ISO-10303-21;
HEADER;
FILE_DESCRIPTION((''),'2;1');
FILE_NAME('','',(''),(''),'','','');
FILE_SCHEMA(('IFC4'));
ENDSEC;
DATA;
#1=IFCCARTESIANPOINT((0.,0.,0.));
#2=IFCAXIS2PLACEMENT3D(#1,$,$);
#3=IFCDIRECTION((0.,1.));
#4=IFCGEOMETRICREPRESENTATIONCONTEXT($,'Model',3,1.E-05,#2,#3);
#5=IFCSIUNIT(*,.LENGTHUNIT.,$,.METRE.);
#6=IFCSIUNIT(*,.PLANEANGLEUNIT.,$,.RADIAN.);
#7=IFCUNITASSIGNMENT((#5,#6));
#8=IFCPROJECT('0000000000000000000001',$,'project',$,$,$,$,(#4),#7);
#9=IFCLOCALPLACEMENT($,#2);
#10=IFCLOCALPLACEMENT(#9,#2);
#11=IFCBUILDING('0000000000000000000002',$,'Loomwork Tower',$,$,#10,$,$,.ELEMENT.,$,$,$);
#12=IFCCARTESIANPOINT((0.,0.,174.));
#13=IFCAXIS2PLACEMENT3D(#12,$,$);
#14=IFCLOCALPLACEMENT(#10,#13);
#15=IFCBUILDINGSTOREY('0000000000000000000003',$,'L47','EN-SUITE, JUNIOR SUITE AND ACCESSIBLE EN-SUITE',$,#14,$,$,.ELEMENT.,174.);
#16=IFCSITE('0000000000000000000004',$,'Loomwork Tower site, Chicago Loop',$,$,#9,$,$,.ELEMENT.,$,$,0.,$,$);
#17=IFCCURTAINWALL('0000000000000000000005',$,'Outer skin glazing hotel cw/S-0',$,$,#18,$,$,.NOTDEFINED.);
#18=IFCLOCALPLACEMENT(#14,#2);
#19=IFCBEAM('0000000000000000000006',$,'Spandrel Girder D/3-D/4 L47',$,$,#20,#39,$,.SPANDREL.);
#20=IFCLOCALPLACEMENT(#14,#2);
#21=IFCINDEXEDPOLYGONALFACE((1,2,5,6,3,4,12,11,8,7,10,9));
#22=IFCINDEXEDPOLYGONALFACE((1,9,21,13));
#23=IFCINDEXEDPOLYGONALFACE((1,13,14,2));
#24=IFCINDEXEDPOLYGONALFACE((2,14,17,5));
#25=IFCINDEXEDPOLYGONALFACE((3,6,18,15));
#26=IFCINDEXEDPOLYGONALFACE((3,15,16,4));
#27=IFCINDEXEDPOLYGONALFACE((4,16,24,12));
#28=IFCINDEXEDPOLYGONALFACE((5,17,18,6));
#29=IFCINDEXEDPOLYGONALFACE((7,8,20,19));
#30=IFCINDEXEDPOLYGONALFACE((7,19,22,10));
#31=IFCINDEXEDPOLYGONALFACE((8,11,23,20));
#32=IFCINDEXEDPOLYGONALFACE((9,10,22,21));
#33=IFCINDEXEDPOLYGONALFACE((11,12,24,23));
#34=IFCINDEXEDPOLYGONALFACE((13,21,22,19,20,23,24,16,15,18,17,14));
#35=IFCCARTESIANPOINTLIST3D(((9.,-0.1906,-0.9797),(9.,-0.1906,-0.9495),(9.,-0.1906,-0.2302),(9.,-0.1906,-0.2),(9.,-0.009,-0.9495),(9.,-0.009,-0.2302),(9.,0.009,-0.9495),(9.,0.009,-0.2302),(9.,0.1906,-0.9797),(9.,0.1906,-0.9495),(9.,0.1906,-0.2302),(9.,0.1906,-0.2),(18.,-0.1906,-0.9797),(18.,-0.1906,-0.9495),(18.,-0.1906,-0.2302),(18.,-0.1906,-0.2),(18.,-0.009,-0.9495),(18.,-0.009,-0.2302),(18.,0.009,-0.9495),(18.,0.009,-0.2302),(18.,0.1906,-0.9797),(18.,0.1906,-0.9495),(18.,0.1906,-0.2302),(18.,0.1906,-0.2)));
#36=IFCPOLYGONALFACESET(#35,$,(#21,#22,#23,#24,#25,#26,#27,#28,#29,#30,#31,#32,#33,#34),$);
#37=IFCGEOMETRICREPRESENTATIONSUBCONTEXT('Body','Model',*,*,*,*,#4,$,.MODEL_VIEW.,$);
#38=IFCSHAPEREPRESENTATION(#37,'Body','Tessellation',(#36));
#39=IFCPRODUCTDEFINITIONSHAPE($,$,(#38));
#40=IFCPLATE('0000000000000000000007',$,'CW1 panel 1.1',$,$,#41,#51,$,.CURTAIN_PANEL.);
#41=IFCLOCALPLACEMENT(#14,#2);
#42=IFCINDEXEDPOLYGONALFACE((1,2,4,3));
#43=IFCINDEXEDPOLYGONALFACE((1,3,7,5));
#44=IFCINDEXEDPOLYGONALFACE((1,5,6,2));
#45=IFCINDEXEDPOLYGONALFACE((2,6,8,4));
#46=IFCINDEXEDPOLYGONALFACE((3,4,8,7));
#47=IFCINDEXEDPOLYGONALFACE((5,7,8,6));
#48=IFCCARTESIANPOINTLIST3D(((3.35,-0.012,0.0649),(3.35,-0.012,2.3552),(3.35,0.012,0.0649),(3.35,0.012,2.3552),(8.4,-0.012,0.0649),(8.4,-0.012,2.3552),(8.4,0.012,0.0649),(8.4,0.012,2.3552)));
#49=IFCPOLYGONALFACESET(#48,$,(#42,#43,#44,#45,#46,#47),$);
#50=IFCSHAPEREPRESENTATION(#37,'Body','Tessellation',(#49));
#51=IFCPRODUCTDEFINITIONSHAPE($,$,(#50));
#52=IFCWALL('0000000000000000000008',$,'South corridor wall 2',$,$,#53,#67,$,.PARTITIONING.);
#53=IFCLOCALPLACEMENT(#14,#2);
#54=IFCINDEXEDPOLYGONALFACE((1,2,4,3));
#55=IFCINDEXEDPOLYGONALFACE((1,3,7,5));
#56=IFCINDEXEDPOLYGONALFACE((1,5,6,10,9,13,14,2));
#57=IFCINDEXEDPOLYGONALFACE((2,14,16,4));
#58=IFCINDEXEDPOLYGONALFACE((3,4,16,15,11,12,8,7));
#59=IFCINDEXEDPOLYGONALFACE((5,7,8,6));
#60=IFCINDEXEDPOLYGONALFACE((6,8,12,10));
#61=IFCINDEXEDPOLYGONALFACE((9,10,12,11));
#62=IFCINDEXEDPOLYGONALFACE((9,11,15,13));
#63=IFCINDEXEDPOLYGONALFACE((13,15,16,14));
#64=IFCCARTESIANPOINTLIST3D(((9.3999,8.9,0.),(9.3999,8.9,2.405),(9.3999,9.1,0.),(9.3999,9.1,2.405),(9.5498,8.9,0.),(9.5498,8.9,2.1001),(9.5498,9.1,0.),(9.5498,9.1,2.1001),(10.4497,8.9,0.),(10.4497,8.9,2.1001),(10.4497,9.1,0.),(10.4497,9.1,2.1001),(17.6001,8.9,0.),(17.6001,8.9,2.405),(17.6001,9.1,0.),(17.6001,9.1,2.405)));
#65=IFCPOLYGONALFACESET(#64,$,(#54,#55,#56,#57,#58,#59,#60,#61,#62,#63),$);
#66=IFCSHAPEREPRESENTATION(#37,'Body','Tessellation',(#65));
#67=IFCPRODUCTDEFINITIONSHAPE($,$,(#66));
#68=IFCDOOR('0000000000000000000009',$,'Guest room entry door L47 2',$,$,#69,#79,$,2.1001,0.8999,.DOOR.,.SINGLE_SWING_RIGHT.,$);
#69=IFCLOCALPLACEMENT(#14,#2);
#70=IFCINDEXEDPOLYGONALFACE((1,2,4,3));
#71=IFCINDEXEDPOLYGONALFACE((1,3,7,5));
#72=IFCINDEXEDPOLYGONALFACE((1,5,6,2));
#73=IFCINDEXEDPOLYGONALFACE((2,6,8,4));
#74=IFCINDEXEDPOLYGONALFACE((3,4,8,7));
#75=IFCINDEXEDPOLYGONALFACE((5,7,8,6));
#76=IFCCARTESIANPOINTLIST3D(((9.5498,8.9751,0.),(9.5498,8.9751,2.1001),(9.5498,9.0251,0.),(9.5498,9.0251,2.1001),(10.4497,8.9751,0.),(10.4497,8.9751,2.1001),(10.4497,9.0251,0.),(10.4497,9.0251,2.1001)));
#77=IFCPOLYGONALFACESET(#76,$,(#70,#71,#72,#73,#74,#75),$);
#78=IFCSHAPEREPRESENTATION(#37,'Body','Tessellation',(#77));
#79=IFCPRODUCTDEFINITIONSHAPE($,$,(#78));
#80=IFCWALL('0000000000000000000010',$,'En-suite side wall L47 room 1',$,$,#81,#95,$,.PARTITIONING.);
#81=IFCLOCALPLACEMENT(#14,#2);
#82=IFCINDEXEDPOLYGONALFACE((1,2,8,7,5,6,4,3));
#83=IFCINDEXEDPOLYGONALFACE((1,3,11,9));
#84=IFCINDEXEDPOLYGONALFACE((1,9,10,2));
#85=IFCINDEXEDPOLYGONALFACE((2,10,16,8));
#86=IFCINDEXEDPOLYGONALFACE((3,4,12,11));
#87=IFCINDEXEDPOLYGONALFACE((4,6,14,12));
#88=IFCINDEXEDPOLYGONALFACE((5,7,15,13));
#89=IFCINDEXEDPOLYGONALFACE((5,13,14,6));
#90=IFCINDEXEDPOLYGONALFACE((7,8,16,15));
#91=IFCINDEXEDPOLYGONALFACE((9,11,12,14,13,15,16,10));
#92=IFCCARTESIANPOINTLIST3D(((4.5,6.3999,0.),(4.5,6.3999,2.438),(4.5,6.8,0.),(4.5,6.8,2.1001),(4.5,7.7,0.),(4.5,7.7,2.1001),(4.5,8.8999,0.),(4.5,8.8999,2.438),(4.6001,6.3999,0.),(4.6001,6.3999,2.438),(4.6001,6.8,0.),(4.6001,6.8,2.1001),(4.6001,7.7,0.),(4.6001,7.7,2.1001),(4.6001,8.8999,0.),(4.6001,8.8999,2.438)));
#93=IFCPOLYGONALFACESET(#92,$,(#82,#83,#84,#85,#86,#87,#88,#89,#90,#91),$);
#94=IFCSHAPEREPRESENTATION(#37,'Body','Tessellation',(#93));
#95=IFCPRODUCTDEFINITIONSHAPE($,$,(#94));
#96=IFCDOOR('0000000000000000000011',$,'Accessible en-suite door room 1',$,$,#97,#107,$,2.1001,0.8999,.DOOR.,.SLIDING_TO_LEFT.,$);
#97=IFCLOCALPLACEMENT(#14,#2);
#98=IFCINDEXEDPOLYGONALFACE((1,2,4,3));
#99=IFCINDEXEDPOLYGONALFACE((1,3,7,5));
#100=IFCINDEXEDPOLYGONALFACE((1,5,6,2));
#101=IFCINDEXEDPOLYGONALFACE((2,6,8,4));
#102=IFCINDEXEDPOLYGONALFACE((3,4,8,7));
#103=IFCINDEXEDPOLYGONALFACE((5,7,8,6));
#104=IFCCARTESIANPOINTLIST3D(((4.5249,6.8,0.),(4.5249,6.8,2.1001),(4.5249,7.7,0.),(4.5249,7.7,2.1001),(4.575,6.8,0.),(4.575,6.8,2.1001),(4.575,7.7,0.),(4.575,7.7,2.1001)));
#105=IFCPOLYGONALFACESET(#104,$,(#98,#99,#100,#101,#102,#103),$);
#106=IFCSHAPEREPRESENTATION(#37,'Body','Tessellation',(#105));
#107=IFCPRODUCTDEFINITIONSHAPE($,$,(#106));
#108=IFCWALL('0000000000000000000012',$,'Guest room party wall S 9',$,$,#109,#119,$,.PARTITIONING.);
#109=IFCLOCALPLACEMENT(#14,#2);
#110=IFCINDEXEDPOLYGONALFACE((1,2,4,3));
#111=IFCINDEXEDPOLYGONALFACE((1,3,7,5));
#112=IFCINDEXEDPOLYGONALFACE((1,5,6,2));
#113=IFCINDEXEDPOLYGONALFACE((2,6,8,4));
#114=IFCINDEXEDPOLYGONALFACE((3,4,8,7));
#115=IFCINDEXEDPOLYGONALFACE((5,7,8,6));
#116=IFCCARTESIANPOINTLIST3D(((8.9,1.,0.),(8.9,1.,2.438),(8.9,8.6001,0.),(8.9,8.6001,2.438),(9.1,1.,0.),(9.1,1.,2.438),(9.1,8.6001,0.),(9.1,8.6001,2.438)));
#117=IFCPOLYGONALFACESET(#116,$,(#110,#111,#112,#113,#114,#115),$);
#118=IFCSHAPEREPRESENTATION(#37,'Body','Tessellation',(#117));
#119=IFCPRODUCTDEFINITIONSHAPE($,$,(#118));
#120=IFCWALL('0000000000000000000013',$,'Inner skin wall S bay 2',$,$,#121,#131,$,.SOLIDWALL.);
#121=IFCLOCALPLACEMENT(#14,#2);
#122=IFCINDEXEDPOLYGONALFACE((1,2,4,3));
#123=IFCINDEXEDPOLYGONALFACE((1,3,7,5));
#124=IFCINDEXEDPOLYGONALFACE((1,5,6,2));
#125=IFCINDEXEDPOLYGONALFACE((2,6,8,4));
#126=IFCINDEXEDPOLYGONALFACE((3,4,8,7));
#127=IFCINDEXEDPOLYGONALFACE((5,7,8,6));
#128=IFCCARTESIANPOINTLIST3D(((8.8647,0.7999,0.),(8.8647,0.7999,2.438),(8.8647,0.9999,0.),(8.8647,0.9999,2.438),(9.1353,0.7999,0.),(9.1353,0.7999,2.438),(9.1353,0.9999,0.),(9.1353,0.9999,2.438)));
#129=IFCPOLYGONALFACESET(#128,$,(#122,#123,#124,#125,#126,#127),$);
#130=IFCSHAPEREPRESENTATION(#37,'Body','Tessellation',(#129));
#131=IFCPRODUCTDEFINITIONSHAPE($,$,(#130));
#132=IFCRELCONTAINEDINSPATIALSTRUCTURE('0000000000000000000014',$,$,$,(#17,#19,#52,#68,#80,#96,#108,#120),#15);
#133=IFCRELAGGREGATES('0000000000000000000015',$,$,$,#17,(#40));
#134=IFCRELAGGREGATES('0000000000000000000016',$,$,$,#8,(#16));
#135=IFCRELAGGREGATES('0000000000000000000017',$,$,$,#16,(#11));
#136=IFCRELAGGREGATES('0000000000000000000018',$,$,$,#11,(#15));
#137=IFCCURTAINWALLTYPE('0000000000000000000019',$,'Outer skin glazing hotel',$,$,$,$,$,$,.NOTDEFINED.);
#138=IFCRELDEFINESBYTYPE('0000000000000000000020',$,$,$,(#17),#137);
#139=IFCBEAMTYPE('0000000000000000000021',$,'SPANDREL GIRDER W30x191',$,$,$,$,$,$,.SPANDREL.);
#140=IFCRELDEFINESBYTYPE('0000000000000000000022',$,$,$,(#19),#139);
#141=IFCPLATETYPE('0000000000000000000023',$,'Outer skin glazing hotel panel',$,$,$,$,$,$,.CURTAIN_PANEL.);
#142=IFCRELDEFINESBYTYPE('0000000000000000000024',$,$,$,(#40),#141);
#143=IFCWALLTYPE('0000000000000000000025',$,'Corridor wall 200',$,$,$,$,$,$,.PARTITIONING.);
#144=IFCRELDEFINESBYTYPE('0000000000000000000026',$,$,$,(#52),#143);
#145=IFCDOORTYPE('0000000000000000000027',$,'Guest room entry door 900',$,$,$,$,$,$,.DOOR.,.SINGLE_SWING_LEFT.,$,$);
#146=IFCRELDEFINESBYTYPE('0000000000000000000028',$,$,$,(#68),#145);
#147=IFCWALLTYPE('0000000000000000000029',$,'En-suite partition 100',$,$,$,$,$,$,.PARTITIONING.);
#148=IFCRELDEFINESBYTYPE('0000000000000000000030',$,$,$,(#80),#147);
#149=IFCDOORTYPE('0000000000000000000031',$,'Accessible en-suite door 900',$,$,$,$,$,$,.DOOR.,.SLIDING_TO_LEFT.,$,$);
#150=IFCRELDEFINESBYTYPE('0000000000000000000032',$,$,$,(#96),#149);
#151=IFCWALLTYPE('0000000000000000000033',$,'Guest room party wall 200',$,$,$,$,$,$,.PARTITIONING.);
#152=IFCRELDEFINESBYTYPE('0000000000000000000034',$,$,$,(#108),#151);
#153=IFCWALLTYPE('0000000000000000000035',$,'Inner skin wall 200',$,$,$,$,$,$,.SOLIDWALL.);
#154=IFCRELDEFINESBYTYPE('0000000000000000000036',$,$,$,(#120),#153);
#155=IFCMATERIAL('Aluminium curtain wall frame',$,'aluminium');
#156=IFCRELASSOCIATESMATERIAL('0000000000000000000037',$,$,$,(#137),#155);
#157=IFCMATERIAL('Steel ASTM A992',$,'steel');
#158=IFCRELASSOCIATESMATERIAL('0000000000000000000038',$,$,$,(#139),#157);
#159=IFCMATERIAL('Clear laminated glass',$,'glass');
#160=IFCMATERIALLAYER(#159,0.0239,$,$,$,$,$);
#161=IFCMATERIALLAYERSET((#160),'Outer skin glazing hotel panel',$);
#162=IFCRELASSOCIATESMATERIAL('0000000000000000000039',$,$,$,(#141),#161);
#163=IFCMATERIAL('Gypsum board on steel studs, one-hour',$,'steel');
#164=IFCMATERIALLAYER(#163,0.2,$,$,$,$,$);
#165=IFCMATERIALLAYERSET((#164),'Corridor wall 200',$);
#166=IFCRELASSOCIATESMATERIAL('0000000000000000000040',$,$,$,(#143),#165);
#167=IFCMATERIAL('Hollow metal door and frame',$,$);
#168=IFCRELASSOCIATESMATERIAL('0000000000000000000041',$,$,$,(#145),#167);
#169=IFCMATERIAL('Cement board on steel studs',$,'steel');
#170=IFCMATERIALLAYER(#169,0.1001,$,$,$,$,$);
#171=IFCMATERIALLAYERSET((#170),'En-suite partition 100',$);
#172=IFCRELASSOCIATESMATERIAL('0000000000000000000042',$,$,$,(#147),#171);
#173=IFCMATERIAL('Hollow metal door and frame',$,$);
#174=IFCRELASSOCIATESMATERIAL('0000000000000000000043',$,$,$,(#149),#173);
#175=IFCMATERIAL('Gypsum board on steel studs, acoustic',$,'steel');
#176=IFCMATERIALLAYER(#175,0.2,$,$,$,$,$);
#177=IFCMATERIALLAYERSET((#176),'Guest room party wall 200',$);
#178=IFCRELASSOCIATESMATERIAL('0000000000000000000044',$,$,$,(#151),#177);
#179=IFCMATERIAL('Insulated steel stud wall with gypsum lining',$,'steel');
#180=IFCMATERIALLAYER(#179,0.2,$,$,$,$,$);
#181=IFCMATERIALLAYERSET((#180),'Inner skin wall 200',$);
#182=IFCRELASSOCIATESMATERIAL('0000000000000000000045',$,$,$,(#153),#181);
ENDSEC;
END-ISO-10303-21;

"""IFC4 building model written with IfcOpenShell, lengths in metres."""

from ifc_helpers import new_model, si_unit, direction, frame, frame_2d, origin, origin_2d, place, context, subcontext, project, spatial, rectangle, i_section, extrude, material, layer, layer_set, material_profile, profile_set, type_object, element, fill, aggregate, save


model = new_model("IFC4")

# Units and contexts
model_context = context("Model", 3, precision=1e-05, world=origin(), true_north=direction((0.0, 1.0)))
body_context = subcontext(model_context, "Body", "Model", "MODEL_VIEW")
ifc_project = project(units=[si_unit("LENGTHUNIT", "METRE"), si_unit("PLANEANGLEUNIT", "RADIAN")], contexts=[model_context])

# Site, building, storey
site_placement = place(None, origin())
site = spatial("IfcSite", under=ifc_project, at=site_placement, Name="Loomwork Tower site, Chicago Loop", CompositionType="ELEMENT", RefElevation=0.0)
building_placement = place(site_placement, origin())
building = spatial("IfcBuilding", under=site, at=building_placement, Name="Loomwork Tower", CompositionType="ELEMENT")
storey_placement = place(building_placement, frame((0.0, 0.0, 174.0)))
storey = spatial("IfcBuildingStorey", under=building, at=storey_placement, Name="L47", Description="EN-SUITE, JUNIOR SUITE AND ACCESSIBLE EN-SUITE", CompositionType="ELEMENT", Elevation=174.0)

# Curtain wall
ifc_material_1 = material(Name="Aluminium curtain wall frame", Category="aluminium")
curtain_wall_type = type_object("IfcCurtainWallType", Name="Outer skin glazing hotel", PredefinedType="NOTDEFINED", material=ifc_material_1)
curtain_wall_1_placement = place(storey_placement, origin())
curtain_wall_1 = element("IfcCurtainWall", 1, at=curtain_wall_1_placement, inside=storey, type_object=curtain_wall_type, Name="Outer skin glazing hotel cw/S-0", PredefinedType="NOTDEFINED")

# Beam
ifc_material_2 = material(Name="Steel ASTM A992", Category="steel")
ifc_material_profile_1 = material_profile(ifc_material_2, i_section(OverallWidth=0.3811, OverallDepth=0.7798, WebThickness=0.0181, FlangeThickness=0.0303, at=origin_2d()), Name="W30x191")
ifc_profile_set_1 = profile_set([ifc_material_profile_1], Name="Steel ASTM A992")
beam_type_1 = type_object("IfcBeamType", Name="SPANDREL GIRDER W30x191", PredefinedType="SPANDREL", material=ifc_profile_set_1)
beam_1_placement = place(storey_placement, frame((9.0, 0.0, -0.5898), z_axis=(1.0, 0.0, 0.0), x_axis=(0.0, 1.0, 0.0)))
element("IfcBeam", 2, at=beam_1_placement, inside=storey, type_object=beam_type_1, Name="Spandrel Girder D/3-D/4 L47", PredefinedType="SPANDREL", context=body_context, shape_type="SweptSolid", body=[
    extrude(i_section(OverallWidth=0.3811, OverallDepth=0.7798, WebThickness=0.0181, FlangeThickness=0.0303, at=origin_2d()), origin(), (0.0, 0.0, 1.0), 9.0),
])

# Plate
ifc_material_3 = material(Name="Clear laminated glass", Category="glass")
ifc_layer_1 = layer(ifc_material_3, 0.0239)
ifc_layer_set_1 = layer_set([ifc_layer_1], Name="Outer skin glazing hotel panel")
plate_type = type_object("IfcPlateType", Name="Outer skin glazing hotel panel", PredefinedType="CURTAIN_PANEL", material=ifc_layer_set_1)
plate_placement = place(storey_placement, frame((5.875, 0.0, 0.0649), z_axis=(0.0, 0.0, 1.0), x_axis=(1.0, 0.0, 0.0)))
plate = element("IfcPlate", 3, at=plate_placement, type_object=plate_type, Name="CW1 panel 1.1", PredefinedType="CURTAIN_PANEL", context=body_context, shape_type="SweptSolid", body=[
    extrude(rectangle(XDim=5.05, YDim=0.0239, at=origin_2d()), origin(), (0.0, 0.0, 1.0), 2.2903),
])
aggregate(curtain_wall_1, [plate])

# Walls, openings, doors
ifc_material_4 = material(Name="Gypsum board on steel studs, one-hour", Category="steel")
ifc_layer_2 = layer(ifc_material_4, 0.2)
ifc_layer_set_2 = layer_set([ifc_layer_2], Name="Corridor wall 200")
wall_type_1 = type_object("IfcWallType", Name="Corridor wall 200", PredefinedType="PARTITIONING", material=ifc_layer_set_2)
wall_1_placement = place(storey_placement, frame((9.3999, 9.0, 0.0), z_axis=(0.0, 0.0, 1.0), x_axis=(1.0, 0.0, 0.0)))
wall_1 = element("IfcWall", 4, at=wall_1_placement, inside=storey, type_object=wall_type_1, Name="South corridor wall 2", PredefinedType="PARTITIONING", context=body_context, shape_type="SweptSolid", body=[
    extrude(rectangle(XDim=8.2002, YDim=0.2, at=frame_2d((4.1001, 0.0))), origin(), (0.0, 0.0, 1.0), 2.405),
])
opening_1_placement = place(wall_1_placement, frame((0.1499, 0.0, 0.0)))
opening_1 = element("IfcOpeningElement", 5, at=opening_1_placement, cuts=wall_1, PredefinedType="OPENING", context=body_context, shape_type="SweptSolid", body=[
    extrude(rectangle(XDim=0.8999, YDim=2.1001, at=frame_2d((0.45, 1.05))), frame((0.0, 0.1099, 0.0), z_axis=(0.0, -1.0, 0.0), x_axis=(1.0, 0.0, 0.0)), (0.0, 0.0, 1.0), 0.22),
])
ifc_material_5 = material(Name="Hollow metal door and frame")
door_type_1 = type_object("IfcDoorType", Name="Guest room entry door 900", OperationType="SINGLE_SWING_LEFT", PredefinedType="DOOR", material=ifc_material_5)
door_1_placement = place(opening_1_placement, frame((0.8999, 0.0, 0.0), z_axis=(0.0, 0.0, 1.0), x_axis=(-1.0, 0.0, 0.0)))
door_1 = element("IfcDoor", 6, at=door_1_placement, inside=storey, type_object=door_type_1, Name="Guest room entry door L47 2", OperationType="SINGLE_SWING_RIGHT", OverallHeight=2.1001, OverallWidth=0.8999, PredefinedType="DOOR", context=body_context, shape_type="SweptSolid", body=[
    extrude(rectangle(XDim=0.8999, YDim=2.1001, at=frame_2d((0.45, 1.05))), frame((0.0, 0.0249, 0.0), z_axis=(0.0, -1.0, 0.0), x_axis=(1.0, 0.0, 0.0)), (0.0, 0.0, 1.0), 0.05),
])
fill(opening_1, door_1)
ifc_material_6 = material(Name="Cement board on steel studs", Category="steel")
ifc_layer_3 = layer(ifc_material_6, 0.1001)
ifc_layer_set_3 = layer_set([ifc_layer_3], Name="En-suite partition 100")
wall_type_2 = type_object("IfcWallType", Name="En-suite partition 100", PredefinedType="PARTITIONING", material=ifc_layer_set_3)
wall_2_placement = place(storey_placement, frame((4.55, 8.8999, 0.0), z_axis=(0.0, 0.0, 1.0), x_axis=(0.0, -1.0, 0.0)))
wall_2 = element("IfcWall", 7, at=wall_2_placement, inside=storey, type_object=wall_type_2, Name="En-suite side wall L47 room 1", PredefinedType="PARTITIONING", context=body_context, shape_type="SweptSolid", body=[
    extrude(rectangle(XDim=2.5, YDim=0.1001, at=frame_2d((1.25, 0.0))), origin(), (0.0, 0.0, 1.0), 2.438),
])
opening_2_placement = place(wall_2_placement, frame((1.2, 0.0, 0.0)))
opening_2 = element("IfcOpeningElement", 8, at=opening_2_placement, cuts=wall_2, PredefinedType="OPENING", context=body_context, shape_type="SweptSolid", body=[
    extrude(rectangle(XDim=0.8999, YDim=2.1001, at=frame_2d((0.45, 1.05))), frame((0.0, 0.0601, 0.0), z_axis=(0.0, -1.0, 0.0), x_axis=(1.0, 0.0, 0.0)), (0.0, 0.0, 1.0), 0.1201),
])
ifc_material_7 = material(Name="Hollow metal door and frame")
door_type_2 = type_object("IfcDoorType", Name="Accessible en-suite door 900", OperationType="SLIDING_TO_LEFT", PredefinedType="DOOR", material=ifc_material_7)
door_2_placement = place(opening_2_placement, origin())
door_2 = element("IfcDoor", 9, at=door_2_placement, inside=storey, type_object=door_type_2, Name="Accessible en-suite door room 1", OperationType="SLIDING_TO_LEFT", OverallHeight=2.1001, OverallWidth=0.8999, PredefinedType="DOOR", context=body_context, shape_type="SweptSolid", body=[
    extrude(rectangle(XDim=0.8999, YDim=2.1001, at=frame_2d((0.45, 1.05))), frame((0.0, 0.0249, 0.0), z_axis=(0.0, -1.0, 0.0), x_axis=(1.0, 0.0, 0.0)), (0.0, 0.0, 1.0), 0.05),
])
fill(opening_2, door_2)

# Walls
ifc_material_8 = material(Name="Gypsum board on steel studs, acoustic", Category="steel")
ifc_layer_4 = layer(ifc_material_8, 0.2)
ifc_layer_set_4 = layer_set([ifc_layer_4], Name="Guest room party wall 200")
wall_type_3 = type_object("IfcWallType", Name="Guest room party wall 200", PredefinedType="PARTITIONING", material=ifc_layer_set_4)
wall_3_placement = place(storey_placement, frame((9.0, 8.6001, 0.0), z_axis=(0.0, 0.0, 1.0), x_axis=(0.0, -1.0, 0.0)))
element("IfcWall", 10, at=wall_3_placement, inside=storey, type_object=wall_type_3, Name="Guest room party wall S 9", PredefinedType="PARTITIONING", context=body_context, shape_type="SweptSolid", body=[
    extrude(rectangle(XDim=7.6001, YDim=0.2, at=frame_2d((3.8, 0.0))), origin(), (0.0, 0.0, 1.0), 2.438),
])
ifc_material_9 = material(Name="Insulated steel stud wall with gypsum lining", Category="steel")
ifc_layer_5 = layer(ifc_material_9, 0.2)
ifc_layer_set_5 = layer_set([ifc_layer_5], Name="Inner skin wall 200")
wall_type_4 = type_object("IfcWallType", Name="Inner skin wall 200", PredefinedType="SOLIDWALL", material=ifc_layer_set_5)
wall_4_placement = place(storey_placement, frame((8.8647, 0.8999, 0.0), z_axis=(0.0, 0.0, 1.0), x_axis=(1.0, 0.0, 0.0)))
element("IfcWall", 11, at=wall_4_placement, inside=storey, type_object=wall_type_4, Name="Inner skin wall S bay 2", PredefinedType="SOLIDWALL", context=body_context, shape_type="SweptSolid", body=[
    extrude(rectangle(XDim=0.2705, YDim=0.2, at=frame_2d((0.1353, 0.0))), origin(), (0.0, 0.0, 1.0), 2.438),
])

save(model, "model.ifc")
